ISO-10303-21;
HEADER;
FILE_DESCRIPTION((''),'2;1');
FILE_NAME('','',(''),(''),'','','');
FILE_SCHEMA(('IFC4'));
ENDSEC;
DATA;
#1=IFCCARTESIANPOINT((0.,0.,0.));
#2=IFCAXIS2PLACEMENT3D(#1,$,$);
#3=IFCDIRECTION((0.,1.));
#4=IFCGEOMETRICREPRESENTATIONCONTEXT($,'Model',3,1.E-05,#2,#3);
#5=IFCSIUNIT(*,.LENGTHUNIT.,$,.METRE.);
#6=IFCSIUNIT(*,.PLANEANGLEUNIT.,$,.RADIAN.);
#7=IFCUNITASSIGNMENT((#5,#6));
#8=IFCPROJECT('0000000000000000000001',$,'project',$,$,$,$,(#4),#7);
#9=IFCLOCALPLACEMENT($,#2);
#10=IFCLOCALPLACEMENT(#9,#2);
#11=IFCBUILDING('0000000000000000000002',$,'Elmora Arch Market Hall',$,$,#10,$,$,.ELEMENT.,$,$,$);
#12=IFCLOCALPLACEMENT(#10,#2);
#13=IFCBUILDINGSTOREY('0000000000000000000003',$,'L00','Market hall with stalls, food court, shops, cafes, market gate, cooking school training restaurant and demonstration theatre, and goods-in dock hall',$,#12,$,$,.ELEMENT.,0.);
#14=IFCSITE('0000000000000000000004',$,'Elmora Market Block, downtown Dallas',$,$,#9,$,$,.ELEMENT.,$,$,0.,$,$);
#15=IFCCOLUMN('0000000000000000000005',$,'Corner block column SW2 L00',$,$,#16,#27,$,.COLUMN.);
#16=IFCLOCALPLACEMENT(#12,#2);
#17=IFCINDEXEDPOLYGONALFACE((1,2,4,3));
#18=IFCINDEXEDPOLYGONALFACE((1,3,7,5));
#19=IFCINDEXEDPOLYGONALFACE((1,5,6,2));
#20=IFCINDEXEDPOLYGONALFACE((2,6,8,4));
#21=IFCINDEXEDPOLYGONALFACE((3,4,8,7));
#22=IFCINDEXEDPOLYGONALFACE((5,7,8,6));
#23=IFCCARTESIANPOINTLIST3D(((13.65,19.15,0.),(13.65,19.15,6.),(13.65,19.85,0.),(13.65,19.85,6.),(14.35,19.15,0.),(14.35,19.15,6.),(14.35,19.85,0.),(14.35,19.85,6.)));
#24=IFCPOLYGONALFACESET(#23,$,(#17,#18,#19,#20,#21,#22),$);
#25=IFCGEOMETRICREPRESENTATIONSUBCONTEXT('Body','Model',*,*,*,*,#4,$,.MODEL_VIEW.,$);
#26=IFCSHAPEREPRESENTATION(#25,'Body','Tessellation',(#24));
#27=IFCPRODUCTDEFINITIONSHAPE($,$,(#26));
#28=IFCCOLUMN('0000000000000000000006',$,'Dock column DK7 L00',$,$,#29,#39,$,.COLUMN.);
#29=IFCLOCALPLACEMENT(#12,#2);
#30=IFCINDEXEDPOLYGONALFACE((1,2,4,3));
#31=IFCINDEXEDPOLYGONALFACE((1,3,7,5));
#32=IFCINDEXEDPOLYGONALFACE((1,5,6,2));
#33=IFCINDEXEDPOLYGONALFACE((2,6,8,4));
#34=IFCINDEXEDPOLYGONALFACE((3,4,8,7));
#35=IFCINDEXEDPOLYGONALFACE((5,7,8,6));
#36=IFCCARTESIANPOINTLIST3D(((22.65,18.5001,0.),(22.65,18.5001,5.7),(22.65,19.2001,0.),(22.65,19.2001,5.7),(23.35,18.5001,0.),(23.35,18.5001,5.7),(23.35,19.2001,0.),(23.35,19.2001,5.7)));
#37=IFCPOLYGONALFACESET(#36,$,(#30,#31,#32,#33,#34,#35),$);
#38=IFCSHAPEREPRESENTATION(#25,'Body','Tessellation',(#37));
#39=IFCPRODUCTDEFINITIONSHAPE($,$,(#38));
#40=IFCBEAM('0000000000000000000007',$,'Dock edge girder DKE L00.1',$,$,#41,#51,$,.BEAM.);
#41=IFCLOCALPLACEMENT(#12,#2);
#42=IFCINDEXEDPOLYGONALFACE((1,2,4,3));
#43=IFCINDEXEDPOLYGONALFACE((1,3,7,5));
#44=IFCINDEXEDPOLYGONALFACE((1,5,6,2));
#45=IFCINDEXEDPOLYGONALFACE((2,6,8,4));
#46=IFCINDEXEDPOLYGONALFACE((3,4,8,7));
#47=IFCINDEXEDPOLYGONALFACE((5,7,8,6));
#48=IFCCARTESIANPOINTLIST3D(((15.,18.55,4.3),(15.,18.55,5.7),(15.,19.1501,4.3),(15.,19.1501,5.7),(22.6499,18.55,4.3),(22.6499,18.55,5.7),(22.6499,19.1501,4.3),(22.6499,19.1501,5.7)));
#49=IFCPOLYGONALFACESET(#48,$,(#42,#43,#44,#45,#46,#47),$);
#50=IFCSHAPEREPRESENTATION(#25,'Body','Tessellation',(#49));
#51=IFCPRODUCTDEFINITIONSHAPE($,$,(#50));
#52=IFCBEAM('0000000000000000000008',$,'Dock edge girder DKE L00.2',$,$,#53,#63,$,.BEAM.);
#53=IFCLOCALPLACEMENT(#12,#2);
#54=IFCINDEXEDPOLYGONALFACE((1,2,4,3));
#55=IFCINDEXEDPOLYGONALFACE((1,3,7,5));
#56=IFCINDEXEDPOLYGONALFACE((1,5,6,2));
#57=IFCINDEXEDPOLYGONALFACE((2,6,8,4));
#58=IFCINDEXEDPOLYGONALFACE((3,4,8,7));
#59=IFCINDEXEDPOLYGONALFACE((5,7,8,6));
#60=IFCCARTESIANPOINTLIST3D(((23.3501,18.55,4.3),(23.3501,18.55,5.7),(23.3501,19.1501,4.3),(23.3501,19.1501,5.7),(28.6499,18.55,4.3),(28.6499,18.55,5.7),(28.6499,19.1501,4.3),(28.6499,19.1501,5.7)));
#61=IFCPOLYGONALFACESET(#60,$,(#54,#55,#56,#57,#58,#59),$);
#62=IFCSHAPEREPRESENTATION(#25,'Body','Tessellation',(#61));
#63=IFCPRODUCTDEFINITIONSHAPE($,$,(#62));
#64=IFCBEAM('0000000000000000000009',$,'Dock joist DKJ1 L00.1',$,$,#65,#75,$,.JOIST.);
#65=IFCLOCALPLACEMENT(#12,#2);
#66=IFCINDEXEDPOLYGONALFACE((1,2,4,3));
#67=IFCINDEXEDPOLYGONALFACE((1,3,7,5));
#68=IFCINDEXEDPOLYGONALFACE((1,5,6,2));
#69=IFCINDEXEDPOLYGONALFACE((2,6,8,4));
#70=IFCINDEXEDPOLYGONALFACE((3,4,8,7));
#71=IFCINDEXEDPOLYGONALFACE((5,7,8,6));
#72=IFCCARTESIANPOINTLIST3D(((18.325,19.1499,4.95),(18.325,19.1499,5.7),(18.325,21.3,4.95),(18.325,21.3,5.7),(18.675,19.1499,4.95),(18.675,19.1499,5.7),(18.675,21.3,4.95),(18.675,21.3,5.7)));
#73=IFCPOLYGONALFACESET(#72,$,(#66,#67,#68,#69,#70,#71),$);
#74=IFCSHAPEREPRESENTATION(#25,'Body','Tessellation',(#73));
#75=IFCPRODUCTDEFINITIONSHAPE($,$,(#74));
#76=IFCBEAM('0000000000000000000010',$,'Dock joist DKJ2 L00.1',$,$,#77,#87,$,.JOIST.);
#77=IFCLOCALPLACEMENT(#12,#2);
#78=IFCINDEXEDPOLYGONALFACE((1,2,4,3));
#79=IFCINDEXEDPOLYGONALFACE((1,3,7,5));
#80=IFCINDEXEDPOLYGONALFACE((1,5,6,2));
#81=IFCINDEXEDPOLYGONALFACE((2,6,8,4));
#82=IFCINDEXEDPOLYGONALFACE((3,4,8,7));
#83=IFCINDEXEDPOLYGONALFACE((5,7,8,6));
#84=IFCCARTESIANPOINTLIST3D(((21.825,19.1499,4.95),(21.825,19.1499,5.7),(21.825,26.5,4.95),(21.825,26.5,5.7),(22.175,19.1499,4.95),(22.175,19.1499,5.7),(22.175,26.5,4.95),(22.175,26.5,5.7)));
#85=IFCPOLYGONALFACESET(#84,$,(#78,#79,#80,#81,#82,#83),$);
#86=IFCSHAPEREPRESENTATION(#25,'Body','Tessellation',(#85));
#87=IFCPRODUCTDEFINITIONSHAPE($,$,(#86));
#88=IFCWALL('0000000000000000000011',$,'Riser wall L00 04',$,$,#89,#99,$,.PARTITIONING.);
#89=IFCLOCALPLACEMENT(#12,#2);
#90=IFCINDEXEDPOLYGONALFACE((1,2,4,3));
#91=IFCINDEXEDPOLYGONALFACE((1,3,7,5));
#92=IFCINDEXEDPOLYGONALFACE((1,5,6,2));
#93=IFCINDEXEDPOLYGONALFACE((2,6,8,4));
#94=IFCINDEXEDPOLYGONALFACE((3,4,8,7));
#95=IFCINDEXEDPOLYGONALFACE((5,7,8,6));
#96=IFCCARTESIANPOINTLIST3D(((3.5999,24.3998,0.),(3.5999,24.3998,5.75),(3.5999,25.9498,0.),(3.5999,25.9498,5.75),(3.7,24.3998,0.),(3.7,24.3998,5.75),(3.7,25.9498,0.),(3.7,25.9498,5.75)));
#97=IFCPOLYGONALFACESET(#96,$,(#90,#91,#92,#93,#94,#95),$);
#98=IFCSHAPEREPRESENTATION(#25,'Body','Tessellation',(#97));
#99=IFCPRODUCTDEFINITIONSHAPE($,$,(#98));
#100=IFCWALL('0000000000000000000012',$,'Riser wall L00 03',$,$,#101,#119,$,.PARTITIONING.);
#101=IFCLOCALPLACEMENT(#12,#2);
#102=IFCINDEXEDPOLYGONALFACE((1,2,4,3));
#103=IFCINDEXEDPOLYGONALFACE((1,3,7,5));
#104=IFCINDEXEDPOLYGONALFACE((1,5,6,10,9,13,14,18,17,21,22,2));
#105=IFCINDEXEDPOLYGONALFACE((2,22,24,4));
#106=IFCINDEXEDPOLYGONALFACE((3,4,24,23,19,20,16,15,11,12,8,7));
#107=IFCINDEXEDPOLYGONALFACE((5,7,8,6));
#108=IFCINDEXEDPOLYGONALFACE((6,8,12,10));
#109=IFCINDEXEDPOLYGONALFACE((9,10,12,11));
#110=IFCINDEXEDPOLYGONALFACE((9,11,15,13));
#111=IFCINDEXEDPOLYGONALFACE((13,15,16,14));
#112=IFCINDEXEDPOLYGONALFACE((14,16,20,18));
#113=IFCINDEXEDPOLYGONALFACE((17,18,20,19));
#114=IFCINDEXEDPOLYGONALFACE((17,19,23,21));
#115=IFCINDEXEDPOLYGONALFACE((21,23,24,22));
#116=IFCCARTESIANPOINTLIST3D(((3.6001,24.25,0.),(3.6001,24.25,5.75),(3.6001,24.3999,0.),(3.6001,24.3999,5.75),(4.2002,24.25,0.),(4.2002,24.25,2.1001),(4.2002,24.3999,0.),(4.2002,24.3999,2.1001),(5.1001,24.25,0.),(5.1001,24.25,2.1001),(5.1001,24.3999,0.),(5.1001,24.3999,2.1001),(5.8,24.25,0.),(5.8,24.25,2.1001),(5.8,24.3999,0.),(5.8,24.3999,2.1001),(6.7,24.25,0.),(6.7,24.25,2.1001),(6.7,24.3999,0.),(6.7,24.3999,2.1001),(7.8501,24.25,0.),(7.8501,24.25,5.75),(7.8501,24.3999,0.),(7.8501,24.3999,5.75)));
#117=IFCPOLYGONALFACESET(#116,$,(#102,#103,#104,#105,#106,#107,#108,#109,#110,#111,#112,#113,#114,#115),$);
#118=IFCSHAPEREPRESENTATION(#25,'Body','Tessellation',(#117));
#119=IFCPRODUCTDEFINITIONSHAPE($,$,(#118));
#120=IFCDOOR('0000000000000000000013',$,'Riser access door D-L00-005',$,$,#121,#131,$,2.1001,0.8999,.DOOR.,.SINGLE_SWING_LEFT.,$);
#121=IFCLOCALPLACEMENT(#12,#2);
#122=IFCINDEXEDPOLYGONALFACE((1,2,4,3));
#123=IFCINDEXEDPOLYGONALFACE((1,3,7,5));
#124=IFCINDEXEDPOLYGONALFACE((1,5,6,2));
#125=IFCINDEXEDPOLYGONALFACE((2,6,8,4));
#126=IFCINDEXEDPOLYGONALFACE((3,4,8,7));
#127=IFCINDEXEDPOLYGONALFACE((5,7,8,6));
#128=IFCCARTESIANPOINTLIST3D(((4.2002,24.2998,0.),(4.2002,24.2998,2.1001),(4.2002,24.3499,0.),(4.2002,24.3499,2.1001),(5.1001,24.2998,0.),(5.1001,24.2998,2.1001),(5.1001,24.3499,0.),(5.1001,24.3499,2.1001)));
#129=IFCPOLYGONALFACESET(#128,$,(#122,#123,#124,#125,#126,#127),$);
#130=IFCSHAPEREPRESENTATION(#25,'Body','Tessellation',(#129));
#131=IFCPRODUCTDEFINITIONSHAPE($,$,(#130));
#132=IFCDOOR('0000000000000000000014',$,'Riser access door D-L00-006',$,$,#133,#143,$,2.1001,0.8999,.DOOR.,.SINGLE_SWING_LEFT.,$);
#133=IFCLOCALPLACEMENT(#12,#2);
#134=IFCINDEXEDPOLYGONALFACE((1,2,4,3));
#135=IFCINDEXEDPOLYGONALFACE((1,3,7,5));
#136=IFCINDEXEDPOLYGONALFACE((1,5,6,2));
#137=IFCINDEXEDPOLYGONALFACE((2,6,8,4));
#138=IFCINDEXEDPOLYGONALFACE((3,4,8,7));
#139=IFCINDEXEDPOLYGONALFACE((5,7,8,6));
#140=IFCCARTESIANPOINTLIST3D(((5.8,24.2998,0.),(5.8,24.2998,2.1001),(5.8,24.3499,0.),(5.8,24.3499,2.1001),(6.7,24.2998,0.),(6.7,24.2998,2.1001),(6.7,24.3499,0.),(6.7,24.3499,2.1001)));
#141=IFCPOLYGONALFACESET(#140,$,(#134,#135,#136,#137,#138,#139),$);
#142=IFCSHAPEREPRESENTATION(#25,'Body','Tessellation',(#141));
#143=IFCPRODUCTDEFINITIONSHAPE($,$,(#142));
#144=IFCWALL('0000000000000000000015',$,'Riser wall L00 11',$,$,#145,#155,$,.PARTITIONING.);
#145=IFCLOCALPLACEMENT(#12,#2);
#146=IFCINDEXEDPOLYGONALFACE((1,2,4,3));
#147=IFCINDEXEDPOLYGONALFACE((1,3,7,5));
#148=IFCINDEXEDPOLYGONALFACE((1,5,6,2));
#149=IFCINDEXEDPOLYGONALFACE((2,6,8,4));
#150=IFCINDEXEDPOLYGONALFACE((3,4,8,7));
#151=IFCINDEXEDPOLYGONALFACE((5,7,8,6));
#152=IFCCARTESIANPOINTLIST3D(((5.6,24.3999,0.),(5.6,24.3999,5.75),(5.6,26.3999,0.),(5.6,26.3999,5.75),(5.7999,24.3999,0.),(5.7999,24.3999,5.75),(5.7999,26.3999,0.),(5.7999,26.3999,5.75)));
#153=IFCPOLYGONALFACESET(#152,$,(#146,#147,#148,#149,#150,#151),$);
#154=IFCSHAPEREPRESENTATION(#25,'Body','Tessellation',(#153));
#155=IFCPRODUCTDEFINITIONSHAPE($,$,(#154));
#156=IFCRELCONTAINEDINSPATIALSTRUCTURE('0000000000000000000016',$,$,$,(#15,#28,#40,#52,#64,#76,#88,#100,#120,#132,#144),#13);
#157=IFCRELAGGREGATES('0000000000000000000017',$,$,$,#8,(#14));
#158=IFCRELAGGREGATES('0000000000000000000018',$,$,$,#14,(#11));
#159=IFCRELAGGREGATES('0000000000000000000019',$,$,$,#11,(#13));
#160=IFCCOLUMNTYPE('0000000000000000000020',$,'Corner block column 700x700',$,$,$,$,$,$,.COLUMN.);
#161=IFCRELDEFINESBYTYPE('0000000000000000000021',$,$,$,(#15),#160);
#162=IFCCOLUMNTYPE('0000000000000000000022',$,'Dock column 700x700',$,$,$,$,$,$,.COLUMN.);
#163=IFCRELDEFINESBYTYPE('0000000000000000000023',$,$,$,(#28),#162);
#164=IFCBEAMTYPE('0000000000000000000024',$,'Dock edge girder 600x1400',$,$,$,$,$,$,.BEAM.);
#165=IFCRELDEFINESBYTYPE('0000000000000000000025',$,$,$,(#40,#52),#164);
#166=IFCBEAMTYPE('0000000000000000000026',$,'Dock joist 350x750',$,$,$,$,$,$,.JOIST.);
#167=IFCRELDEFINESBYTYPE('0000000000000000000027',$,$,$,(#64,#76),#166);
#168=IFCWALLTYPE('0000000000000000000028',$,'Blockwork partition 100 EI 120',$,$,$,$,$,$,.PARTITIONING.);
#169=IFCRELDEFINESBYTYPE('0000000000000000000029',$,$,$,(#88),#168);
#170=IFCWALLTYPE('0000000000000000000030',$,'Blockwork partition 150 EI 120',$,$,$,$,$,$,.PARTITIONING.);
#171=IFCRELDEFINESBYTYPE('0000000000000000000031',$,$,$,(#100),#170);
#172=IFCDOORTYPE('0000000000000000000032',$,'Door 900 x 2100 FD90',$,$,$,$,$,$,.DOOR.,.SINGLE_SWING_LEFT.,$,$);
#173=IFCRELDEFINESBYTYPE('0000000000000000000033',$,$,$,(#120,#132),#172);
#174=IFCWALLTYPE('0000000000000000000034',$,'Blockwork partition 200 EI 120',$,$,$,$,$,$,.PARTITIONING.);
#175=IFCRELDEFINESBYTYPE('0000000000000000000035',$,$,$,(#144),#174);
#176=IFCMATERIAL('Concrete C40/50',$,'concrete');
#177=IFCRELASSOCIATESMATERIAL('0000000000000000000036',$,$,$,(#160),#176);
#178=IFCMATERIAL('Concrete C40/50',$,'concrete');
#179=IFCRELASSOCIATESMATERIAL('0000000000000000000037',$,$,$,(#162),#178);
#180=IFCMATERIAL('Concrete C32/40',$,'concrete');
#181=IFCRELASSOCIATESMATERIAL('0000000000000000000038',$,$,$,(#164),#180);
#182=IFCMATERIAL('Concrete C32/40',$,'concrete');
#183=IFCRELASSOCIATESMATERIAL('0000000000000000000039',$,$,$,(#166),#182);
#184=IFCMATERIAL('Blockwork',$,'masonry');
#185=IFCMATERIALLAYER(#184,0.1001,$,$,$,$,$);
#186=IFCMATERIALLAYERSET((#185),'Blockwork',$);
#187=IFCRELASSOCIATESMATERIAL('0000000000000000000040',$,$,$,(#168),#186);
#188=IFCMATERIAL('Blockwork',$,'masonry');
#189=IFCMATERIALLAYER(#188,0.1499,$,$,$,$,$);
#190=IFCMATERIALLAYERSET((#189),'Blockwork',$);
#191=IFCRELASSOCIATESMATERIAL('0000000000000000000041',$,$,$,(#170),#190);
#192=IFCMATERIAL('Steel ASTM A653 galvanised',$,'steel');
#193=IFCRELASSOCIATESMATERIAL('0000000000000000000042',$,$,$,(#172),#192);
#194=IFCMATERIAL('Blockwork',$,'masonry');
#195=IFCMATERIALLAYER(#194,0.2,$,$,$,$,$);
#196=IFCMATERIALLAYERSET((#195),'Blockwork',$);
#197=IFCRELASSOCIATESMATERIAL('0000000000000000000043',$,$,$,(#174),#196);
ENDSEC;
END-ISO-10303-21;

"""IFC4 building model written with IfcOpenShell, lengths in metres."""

from ifc_helpers import new_model, si_unit, direction, frame, frame_2d, origin, origin_2d, place, context, subcontext, project, spatial, rectangle, extrude, material, layer, layer_set, material_profile, profile_set, type_object, element, fill, save


model = new_model("IFC4")

# Units and contexts
model_context = context("Model", 3, precision=1e-05, world=origin(), true_north=direction((0.0, 1.0)))
body_context = subcontext(model_context, "Body", "Model", "MODEL_VIEW")
ifc_project = project(units=[si_unit("LENGTHUNIT", "METRE"), si_unit("PLANEANGLEUNIT", "RADIAN")], contexts=[model_context])

# Site, building, storey
site_placement = place(None, origin())
site = spatial("IfcSite", under=ifc_project, at=site_placement, Name="Elmora Market Block, downtown Dallas", CompositionType="ELEMENT", RefElevation=0.0)
building_placement = place(site_placement, origin())
building = spatial("IfcBuilding", under=site, at=building_placement, Name="Elmora Arch Market Hall", CompositionType="ELEMENT")
storey_placement = place(building_placement, origin())
storey = spatial("IfcBuildingStorey", under=building, at=storey_placement, Name="L00", Description="Market hall with stalls, food court, shops, cafes, market gate, cooking school training restaurant and demonstration theatre, and goods-in dock hall", CompositionType="ELEMENT", Elevation=0.0)

# Columns
ifc_material_1 = material(Name="Concrete C40/50", Category="concrete")
ifc_material_profile_1 = material_profile(ifc_material_1, rectangle(XDim=0.7, YDim=0.7, at=origin_2d()), Name="Corner block column 700x700")
ifc_profile_set_1 = profile_set([ifc_material_profile_1], Name="Concrete C40/50")
column_type_1 = type_object("IfcColumnType", Name="Corner block column 700x700", PredefinedType="COLUMN", material=ifc_profile_set_1)
column_1_placement = place(storey_placement, frame((14.0, 19.5, 0.0), z_axis=(0.0, 0.0, 1.0), x_axis=(1.0, 0.0, 0.0)))
element("IfcColumn", 1, at=column_1_placement, inside=storey, type_object=column_type_1, Name="Corner block column SW2 L00", PredefinedType="COLUMN", context=body_context, shape_type="SweptSolid", body=[
    extrude(rectangle(XDim=0.7, YDim=0.7, at=origin_2d()), origin(), (0.0, 0.0, 1.0), 6.0),
])
ifc_material_2 = material(Name="Concrete C40/50", Category="concrete")
ifc_material_profile_2 = material_profile(ifc_material_2, rectangle(XDim=0.7, YDim=0.7, at=origin_2d()), Name="Dock column 700x700")
ifc_profile_set_2 = profile_set([ifc_material_profile_2], Name="Concrete C40/50")
column_type_2 = type_object("IfcColumnType", Name="Dock column 700x700", PredefinedType="COLUMN", material=ifc_profile_set_2)
column_2_placement = place(storey_placement, frame((23.0, 18.8501, 0.0), z_axis=(0.0, 0.0, 1.0), x_axis=(1.0, 0.0, 0.0)))
element("IfcColumn", 2, at=column_2_placement, inside=storey, type_object=column_type_2, Name="Dock column DK7 L00", PredefinedType="COLUMN", context=body_context, shape_type="SweptSolid", body=[
    extrude(rectangle(XDim=0.7, YDim=0.7, at=origin_2d()), origin(), (0.0, 0.0, 1.0), 5.7),
])

# Beams
ifc_material_3 = material(Name="Concrete C32/40", Category="concrete")
ifc_material_profile_3 = material_profile(ifc_material_3, rectangle(XDim=0.6001, YDim=1.3999, at=origin_2d()), Name="Dock edge girder 600x1400")
ifc_profile_set_3 = profile_set([ifc_material_profile_3], Name="Concrete C32/40")
beam_type_1 = type_object("IfcBeamType", Name="Dock edge girder 600x1400", PredefinedType="BEAM", material=ifc_profile_set_3)
beam_1_placement = place(storey_placement, frame((15.0, 18.8501, 5.0), z_axis=(1.0, 0.0, 0.0), x_axis=(0.0, 1.0, 0.0)))
element("IfcBeam", 3, at=beam_1_placement, inside=storey, type_object=beam_type_1, Name="Dock edge girder DKE L00.1", PredefinedType="BEAM", context=body_context, shape_type="SweptSolid", body=[
    extrude(rectangle(XDim=0.6001, YDim=1.3999, at=origin_2d()), origin(), (0.0, 0.0, 1.0), 7.6499),
])
beam_2_placement = place(storey_placement, frame((23.3501, 18.8501, 5.0), z_axis=(1.0, 0.0, 0.0), x_axis=(0.0, 1.0, 0.0)))
element("IfcBeam", 4, at=beam_2_placement, inside=storey, type_object=beam_type_1, Name="Dock edge girder DKE L00.2", PredefinedType="BEAM", context=body_context, shape_type="SweptSolid", body=[
    extrude(rectangle(XDim=0.6001, YDim=1.3999, at=origin_2d()), origin(), (0.0, 0.0, 1.0), 5.2998),
])
ifc_material_4 = material(Name="Concrete C32/40", Category="concrete")
ifc_material_profile_4 = material_profile(ifc_material_4, rectangle(XDim=0.3501, YDim=0.75, at=origin_2d()), Name="Dock joist 350x750")
ifc_profile_set_4 = profile_set([ifc_material_profile_4], Name="Concrete C32/40")
beam_type_2 = type_object("IfcBeamType", Name="Dock joist 350x750", PredefinedType="JOIST", material=ifc_profile_set_4)
beam_3_placement = place(storey_placement, frame((18.5, 19.1499, 5.325), z_axis=(0.0, 1.0, 0.0), x_axis=(-1.0, 0.0, 0.0)))
element("IfcBeam", 5, at=beam_3_placement, inside=storey, type_object=beam_type_2, Name="Dock joist DKJ1 L00.1", PredefinedType="JOIST", context=body_context, shape_type="SweptSolid", body=[
    extrude(rectangle(XDim=0.3501, YDim=0.75, at=origin_2d()), origin(), (0.0, 0.0, 1.0), 2.1501),
])
beam_4_placement = place(storey_placement, frame((22.0, 19.1499, 5.325), z_axis=(0.0, 1.0, 0.0), x_axis=(-1.0, 0.0, 0.0)))
element("IfcBeam", 6, at=beam_4_placement, inside=storey, type_object=beam_type_2, Name="Dock joist DKJ2 L00.1", PredefinedType="JOIST", context=body_context, shape_type="SweptSolid", body=[
    extrude(rectangle(XDim=0.3501, YDim=0.75, at=origin_2d()), origin(), (0.0, 0.0, 1.0), 7.3501),
])

# Wall
ifc_material_5 = material(Name="Blockwork", Category="masonry")
ifc_layer_1 = layer(ifc_material_5, 0.1001)
ifc_layer_set_1 = layer_set([ifc_layer_1], Name="Blockwork")
wall_type_1 = type_object("IfcWallType", Name="Blockwork partition 100 EI 120", PredefinedType="PARTITIONING", material=ifc_layer_set_1)
wall_1_placement = place(storey_placement, frame((3.6499, 24.3999, 0.0), z_axis=(0.0, 0.0, 1.0), x_axis=(0.0, 1.0, 0.0)))
element("IfcWall", 7, at=wall_1_placement, inside=storey, type_object=wall_type_1, Name="Riser wall L00 04", PredefinedType="PARTITIONING", context=body_context, shape_type="SweptSolid", body=[
    extrude(rectangle(XDim=1.55, YDim=0.1001, at=frame_2d((0.7749, 0.0))), origin(), (0.0, 0.0, 1.0), 5.75),
])

# Wall, openings, doors
ifc_material_6 = material(Name="Blockwork", Category="masonry")
ifc_layer_2 = layer(ifc_material_6, 0.1499)
ifc_layer_set_2 = layer_set([ifc_layer_2], Name="Blockwork")
wall_type_2 = type_object("IfcWallType", Name="Blockwork partition 150 EI 120", PredefinedType="PARTITIONING", material=ifc_layer_set_2)
wall_2_placement = place(storey_placement, frame((3.6001, 24.325, 0.0), z_axis=(0.0, 0.0, 1.0), x_axis=(1.0, 0.0, 0.0)))
wall_2 = element("IfcWall", 8, at=wall_2_placement, inside=storey, type_object=wall_type_2, Name="Riser wall L00 03", PredefinedType="PARTITIONING", context=body_context, shape_type="SweptSolid", body=[
    extrude(rectangle(XDim=4.25, YDim=0.1499, at=frame_2d((2.125, 0.0))), origin(), (0.0, 0.0, 1.0), 5.75),
])
opening_1_placement = place(wall_2_placement, frame((0.6001, 0.0, 0.0)))
opening_1 = element("IfcOpeningElement", 9, at=opening_1_placement, cuts=wall_2, PredefinedType="OPENING", context=body_context, shape_type="SweptSolid", body=[
    extrude(rectangle(XDim=0.8999, YDim=2.1001, at=frame_2d((0.45, 1.05))), frame((0.0, 0.085, 0.0), z_axis=(0.0, -1.0, 0.0), x_axis=(1.0, 0.0, 0.0)), (0.0, 0.0, 1.0), 0.1699),
])
opening_2_placement = place(wall_2_placement, frame((2.2, 0.0, 0.0)))
opening_2 = element("IfcOpeningElement", 10, at=opening_2_placement, cuts=wall_2, PredefinedType="OPENING", context=body_context, shape_type="SweptSolid", body=[
    extrude(rectangle(XDim=0.8999, YDim=2.1001, at=frame_2d((0.45, 1.05))), frame((0.0, 0.085, 0.0), z_axis=(0.0, -1.0, 0.0), x_axis=(1.0, 0.0, 0.0)), (0.0, 0.0, 1.0), 0.1699),
])
ifc_material_7 = material(Name="Steel ASTM A653 galvanised", Category="steel")
door_type_1 = type_object("IfcDoorType", Name="Door 900 x 2100 FD90", OperationType="SINGLE_SWING_LEFT", PredefinedType="DOOR", material=ifc_material_7)
door_1_placement = place(opening_1_placement, origin())
door_1 = element("IfcDoor", 11, at=door_1_placement, inside=storey, type_object=door_type_1, Name="Riser access door D-L00-005", OperationType="SINGLE_SWING_LEFT", OverallHeight=2.1001, OverallWidth=0.8999, PredefinedType="DOOR", context=body_context, shape_type="SweptSolid", body=[
    extrude(rectangle(XDim=0.8999, YDim=2.1001, at=frame_2d((0.45, 1.05))), frame((0.0, 0.0249, 0.0), z_axis=(0.0, -1.0, 0.0), x_axis=(1.0, 0.0, 0.0)), (0.0, 0.0, 1.0), 0.05),
])
fill(opening_1, door_1)
door_2_placement = place(opening_2_placement, origin())
door_2 = element("IfcDoor", 12, at=door_2_placement, inside=storey, type_object=door_type_1, Name="Riser access door D-L00-006", OperationType="SINGLE_SWING_LEFT", OverallHeight=2.1001, OverallWidth=0.8999, PredefinedType="DOOR", context=body_context, shape_type="SweptSolid", body=[
    extrude(rectangle(XDim=0.8999, YDim=2.1001, at=frame_2d((0.45, 1.05))), frame((0.0, 0.0249, 0.0), z_axis=(0.0, -1.0, 0.0), x_axis=(1.0, 0.0, 0.0)), (0.0, 0.0, 1.0), 0.05),
])
fill(opening_2, door_2)

# Wall
ifc_material_8 = material(Name="Blockwork", Category="masonry")
ifc_layer_3 = layer(ifc_material_8, 0.2)
ifc_layer_set_3 = layer_set([ifc_layer_3], Name="Blockwork")
wall_type_3 = type_object("IfcWallType", Name="Blockwork partition 200 EI 120", PredefinedType="PARTITIONING", material=ifc_layer_set_3)
wall_3_placement = place(storey_placement, frame((5.7, 24.3999, 0.0), z_axis=(0.0, 0.0, 1.0), x_axis=(0.0, 1.0, 0.0)))
element("IfcWall", 13, at=wall_3_placement, inside=storey, type_object=wall_type_3, Name="Riser wall L00 11", PredefinedType="PARTITIONING", context=body_context, shape_type="SweptSolid", body=[
    extrude(rectangle(XDim=2.0, YDim=0.2, at=frame_2d((1.0, 0.0))), origin(), (0.0, 0.0, 1.0), 5.75),
])

save(model, "model.ifc")
